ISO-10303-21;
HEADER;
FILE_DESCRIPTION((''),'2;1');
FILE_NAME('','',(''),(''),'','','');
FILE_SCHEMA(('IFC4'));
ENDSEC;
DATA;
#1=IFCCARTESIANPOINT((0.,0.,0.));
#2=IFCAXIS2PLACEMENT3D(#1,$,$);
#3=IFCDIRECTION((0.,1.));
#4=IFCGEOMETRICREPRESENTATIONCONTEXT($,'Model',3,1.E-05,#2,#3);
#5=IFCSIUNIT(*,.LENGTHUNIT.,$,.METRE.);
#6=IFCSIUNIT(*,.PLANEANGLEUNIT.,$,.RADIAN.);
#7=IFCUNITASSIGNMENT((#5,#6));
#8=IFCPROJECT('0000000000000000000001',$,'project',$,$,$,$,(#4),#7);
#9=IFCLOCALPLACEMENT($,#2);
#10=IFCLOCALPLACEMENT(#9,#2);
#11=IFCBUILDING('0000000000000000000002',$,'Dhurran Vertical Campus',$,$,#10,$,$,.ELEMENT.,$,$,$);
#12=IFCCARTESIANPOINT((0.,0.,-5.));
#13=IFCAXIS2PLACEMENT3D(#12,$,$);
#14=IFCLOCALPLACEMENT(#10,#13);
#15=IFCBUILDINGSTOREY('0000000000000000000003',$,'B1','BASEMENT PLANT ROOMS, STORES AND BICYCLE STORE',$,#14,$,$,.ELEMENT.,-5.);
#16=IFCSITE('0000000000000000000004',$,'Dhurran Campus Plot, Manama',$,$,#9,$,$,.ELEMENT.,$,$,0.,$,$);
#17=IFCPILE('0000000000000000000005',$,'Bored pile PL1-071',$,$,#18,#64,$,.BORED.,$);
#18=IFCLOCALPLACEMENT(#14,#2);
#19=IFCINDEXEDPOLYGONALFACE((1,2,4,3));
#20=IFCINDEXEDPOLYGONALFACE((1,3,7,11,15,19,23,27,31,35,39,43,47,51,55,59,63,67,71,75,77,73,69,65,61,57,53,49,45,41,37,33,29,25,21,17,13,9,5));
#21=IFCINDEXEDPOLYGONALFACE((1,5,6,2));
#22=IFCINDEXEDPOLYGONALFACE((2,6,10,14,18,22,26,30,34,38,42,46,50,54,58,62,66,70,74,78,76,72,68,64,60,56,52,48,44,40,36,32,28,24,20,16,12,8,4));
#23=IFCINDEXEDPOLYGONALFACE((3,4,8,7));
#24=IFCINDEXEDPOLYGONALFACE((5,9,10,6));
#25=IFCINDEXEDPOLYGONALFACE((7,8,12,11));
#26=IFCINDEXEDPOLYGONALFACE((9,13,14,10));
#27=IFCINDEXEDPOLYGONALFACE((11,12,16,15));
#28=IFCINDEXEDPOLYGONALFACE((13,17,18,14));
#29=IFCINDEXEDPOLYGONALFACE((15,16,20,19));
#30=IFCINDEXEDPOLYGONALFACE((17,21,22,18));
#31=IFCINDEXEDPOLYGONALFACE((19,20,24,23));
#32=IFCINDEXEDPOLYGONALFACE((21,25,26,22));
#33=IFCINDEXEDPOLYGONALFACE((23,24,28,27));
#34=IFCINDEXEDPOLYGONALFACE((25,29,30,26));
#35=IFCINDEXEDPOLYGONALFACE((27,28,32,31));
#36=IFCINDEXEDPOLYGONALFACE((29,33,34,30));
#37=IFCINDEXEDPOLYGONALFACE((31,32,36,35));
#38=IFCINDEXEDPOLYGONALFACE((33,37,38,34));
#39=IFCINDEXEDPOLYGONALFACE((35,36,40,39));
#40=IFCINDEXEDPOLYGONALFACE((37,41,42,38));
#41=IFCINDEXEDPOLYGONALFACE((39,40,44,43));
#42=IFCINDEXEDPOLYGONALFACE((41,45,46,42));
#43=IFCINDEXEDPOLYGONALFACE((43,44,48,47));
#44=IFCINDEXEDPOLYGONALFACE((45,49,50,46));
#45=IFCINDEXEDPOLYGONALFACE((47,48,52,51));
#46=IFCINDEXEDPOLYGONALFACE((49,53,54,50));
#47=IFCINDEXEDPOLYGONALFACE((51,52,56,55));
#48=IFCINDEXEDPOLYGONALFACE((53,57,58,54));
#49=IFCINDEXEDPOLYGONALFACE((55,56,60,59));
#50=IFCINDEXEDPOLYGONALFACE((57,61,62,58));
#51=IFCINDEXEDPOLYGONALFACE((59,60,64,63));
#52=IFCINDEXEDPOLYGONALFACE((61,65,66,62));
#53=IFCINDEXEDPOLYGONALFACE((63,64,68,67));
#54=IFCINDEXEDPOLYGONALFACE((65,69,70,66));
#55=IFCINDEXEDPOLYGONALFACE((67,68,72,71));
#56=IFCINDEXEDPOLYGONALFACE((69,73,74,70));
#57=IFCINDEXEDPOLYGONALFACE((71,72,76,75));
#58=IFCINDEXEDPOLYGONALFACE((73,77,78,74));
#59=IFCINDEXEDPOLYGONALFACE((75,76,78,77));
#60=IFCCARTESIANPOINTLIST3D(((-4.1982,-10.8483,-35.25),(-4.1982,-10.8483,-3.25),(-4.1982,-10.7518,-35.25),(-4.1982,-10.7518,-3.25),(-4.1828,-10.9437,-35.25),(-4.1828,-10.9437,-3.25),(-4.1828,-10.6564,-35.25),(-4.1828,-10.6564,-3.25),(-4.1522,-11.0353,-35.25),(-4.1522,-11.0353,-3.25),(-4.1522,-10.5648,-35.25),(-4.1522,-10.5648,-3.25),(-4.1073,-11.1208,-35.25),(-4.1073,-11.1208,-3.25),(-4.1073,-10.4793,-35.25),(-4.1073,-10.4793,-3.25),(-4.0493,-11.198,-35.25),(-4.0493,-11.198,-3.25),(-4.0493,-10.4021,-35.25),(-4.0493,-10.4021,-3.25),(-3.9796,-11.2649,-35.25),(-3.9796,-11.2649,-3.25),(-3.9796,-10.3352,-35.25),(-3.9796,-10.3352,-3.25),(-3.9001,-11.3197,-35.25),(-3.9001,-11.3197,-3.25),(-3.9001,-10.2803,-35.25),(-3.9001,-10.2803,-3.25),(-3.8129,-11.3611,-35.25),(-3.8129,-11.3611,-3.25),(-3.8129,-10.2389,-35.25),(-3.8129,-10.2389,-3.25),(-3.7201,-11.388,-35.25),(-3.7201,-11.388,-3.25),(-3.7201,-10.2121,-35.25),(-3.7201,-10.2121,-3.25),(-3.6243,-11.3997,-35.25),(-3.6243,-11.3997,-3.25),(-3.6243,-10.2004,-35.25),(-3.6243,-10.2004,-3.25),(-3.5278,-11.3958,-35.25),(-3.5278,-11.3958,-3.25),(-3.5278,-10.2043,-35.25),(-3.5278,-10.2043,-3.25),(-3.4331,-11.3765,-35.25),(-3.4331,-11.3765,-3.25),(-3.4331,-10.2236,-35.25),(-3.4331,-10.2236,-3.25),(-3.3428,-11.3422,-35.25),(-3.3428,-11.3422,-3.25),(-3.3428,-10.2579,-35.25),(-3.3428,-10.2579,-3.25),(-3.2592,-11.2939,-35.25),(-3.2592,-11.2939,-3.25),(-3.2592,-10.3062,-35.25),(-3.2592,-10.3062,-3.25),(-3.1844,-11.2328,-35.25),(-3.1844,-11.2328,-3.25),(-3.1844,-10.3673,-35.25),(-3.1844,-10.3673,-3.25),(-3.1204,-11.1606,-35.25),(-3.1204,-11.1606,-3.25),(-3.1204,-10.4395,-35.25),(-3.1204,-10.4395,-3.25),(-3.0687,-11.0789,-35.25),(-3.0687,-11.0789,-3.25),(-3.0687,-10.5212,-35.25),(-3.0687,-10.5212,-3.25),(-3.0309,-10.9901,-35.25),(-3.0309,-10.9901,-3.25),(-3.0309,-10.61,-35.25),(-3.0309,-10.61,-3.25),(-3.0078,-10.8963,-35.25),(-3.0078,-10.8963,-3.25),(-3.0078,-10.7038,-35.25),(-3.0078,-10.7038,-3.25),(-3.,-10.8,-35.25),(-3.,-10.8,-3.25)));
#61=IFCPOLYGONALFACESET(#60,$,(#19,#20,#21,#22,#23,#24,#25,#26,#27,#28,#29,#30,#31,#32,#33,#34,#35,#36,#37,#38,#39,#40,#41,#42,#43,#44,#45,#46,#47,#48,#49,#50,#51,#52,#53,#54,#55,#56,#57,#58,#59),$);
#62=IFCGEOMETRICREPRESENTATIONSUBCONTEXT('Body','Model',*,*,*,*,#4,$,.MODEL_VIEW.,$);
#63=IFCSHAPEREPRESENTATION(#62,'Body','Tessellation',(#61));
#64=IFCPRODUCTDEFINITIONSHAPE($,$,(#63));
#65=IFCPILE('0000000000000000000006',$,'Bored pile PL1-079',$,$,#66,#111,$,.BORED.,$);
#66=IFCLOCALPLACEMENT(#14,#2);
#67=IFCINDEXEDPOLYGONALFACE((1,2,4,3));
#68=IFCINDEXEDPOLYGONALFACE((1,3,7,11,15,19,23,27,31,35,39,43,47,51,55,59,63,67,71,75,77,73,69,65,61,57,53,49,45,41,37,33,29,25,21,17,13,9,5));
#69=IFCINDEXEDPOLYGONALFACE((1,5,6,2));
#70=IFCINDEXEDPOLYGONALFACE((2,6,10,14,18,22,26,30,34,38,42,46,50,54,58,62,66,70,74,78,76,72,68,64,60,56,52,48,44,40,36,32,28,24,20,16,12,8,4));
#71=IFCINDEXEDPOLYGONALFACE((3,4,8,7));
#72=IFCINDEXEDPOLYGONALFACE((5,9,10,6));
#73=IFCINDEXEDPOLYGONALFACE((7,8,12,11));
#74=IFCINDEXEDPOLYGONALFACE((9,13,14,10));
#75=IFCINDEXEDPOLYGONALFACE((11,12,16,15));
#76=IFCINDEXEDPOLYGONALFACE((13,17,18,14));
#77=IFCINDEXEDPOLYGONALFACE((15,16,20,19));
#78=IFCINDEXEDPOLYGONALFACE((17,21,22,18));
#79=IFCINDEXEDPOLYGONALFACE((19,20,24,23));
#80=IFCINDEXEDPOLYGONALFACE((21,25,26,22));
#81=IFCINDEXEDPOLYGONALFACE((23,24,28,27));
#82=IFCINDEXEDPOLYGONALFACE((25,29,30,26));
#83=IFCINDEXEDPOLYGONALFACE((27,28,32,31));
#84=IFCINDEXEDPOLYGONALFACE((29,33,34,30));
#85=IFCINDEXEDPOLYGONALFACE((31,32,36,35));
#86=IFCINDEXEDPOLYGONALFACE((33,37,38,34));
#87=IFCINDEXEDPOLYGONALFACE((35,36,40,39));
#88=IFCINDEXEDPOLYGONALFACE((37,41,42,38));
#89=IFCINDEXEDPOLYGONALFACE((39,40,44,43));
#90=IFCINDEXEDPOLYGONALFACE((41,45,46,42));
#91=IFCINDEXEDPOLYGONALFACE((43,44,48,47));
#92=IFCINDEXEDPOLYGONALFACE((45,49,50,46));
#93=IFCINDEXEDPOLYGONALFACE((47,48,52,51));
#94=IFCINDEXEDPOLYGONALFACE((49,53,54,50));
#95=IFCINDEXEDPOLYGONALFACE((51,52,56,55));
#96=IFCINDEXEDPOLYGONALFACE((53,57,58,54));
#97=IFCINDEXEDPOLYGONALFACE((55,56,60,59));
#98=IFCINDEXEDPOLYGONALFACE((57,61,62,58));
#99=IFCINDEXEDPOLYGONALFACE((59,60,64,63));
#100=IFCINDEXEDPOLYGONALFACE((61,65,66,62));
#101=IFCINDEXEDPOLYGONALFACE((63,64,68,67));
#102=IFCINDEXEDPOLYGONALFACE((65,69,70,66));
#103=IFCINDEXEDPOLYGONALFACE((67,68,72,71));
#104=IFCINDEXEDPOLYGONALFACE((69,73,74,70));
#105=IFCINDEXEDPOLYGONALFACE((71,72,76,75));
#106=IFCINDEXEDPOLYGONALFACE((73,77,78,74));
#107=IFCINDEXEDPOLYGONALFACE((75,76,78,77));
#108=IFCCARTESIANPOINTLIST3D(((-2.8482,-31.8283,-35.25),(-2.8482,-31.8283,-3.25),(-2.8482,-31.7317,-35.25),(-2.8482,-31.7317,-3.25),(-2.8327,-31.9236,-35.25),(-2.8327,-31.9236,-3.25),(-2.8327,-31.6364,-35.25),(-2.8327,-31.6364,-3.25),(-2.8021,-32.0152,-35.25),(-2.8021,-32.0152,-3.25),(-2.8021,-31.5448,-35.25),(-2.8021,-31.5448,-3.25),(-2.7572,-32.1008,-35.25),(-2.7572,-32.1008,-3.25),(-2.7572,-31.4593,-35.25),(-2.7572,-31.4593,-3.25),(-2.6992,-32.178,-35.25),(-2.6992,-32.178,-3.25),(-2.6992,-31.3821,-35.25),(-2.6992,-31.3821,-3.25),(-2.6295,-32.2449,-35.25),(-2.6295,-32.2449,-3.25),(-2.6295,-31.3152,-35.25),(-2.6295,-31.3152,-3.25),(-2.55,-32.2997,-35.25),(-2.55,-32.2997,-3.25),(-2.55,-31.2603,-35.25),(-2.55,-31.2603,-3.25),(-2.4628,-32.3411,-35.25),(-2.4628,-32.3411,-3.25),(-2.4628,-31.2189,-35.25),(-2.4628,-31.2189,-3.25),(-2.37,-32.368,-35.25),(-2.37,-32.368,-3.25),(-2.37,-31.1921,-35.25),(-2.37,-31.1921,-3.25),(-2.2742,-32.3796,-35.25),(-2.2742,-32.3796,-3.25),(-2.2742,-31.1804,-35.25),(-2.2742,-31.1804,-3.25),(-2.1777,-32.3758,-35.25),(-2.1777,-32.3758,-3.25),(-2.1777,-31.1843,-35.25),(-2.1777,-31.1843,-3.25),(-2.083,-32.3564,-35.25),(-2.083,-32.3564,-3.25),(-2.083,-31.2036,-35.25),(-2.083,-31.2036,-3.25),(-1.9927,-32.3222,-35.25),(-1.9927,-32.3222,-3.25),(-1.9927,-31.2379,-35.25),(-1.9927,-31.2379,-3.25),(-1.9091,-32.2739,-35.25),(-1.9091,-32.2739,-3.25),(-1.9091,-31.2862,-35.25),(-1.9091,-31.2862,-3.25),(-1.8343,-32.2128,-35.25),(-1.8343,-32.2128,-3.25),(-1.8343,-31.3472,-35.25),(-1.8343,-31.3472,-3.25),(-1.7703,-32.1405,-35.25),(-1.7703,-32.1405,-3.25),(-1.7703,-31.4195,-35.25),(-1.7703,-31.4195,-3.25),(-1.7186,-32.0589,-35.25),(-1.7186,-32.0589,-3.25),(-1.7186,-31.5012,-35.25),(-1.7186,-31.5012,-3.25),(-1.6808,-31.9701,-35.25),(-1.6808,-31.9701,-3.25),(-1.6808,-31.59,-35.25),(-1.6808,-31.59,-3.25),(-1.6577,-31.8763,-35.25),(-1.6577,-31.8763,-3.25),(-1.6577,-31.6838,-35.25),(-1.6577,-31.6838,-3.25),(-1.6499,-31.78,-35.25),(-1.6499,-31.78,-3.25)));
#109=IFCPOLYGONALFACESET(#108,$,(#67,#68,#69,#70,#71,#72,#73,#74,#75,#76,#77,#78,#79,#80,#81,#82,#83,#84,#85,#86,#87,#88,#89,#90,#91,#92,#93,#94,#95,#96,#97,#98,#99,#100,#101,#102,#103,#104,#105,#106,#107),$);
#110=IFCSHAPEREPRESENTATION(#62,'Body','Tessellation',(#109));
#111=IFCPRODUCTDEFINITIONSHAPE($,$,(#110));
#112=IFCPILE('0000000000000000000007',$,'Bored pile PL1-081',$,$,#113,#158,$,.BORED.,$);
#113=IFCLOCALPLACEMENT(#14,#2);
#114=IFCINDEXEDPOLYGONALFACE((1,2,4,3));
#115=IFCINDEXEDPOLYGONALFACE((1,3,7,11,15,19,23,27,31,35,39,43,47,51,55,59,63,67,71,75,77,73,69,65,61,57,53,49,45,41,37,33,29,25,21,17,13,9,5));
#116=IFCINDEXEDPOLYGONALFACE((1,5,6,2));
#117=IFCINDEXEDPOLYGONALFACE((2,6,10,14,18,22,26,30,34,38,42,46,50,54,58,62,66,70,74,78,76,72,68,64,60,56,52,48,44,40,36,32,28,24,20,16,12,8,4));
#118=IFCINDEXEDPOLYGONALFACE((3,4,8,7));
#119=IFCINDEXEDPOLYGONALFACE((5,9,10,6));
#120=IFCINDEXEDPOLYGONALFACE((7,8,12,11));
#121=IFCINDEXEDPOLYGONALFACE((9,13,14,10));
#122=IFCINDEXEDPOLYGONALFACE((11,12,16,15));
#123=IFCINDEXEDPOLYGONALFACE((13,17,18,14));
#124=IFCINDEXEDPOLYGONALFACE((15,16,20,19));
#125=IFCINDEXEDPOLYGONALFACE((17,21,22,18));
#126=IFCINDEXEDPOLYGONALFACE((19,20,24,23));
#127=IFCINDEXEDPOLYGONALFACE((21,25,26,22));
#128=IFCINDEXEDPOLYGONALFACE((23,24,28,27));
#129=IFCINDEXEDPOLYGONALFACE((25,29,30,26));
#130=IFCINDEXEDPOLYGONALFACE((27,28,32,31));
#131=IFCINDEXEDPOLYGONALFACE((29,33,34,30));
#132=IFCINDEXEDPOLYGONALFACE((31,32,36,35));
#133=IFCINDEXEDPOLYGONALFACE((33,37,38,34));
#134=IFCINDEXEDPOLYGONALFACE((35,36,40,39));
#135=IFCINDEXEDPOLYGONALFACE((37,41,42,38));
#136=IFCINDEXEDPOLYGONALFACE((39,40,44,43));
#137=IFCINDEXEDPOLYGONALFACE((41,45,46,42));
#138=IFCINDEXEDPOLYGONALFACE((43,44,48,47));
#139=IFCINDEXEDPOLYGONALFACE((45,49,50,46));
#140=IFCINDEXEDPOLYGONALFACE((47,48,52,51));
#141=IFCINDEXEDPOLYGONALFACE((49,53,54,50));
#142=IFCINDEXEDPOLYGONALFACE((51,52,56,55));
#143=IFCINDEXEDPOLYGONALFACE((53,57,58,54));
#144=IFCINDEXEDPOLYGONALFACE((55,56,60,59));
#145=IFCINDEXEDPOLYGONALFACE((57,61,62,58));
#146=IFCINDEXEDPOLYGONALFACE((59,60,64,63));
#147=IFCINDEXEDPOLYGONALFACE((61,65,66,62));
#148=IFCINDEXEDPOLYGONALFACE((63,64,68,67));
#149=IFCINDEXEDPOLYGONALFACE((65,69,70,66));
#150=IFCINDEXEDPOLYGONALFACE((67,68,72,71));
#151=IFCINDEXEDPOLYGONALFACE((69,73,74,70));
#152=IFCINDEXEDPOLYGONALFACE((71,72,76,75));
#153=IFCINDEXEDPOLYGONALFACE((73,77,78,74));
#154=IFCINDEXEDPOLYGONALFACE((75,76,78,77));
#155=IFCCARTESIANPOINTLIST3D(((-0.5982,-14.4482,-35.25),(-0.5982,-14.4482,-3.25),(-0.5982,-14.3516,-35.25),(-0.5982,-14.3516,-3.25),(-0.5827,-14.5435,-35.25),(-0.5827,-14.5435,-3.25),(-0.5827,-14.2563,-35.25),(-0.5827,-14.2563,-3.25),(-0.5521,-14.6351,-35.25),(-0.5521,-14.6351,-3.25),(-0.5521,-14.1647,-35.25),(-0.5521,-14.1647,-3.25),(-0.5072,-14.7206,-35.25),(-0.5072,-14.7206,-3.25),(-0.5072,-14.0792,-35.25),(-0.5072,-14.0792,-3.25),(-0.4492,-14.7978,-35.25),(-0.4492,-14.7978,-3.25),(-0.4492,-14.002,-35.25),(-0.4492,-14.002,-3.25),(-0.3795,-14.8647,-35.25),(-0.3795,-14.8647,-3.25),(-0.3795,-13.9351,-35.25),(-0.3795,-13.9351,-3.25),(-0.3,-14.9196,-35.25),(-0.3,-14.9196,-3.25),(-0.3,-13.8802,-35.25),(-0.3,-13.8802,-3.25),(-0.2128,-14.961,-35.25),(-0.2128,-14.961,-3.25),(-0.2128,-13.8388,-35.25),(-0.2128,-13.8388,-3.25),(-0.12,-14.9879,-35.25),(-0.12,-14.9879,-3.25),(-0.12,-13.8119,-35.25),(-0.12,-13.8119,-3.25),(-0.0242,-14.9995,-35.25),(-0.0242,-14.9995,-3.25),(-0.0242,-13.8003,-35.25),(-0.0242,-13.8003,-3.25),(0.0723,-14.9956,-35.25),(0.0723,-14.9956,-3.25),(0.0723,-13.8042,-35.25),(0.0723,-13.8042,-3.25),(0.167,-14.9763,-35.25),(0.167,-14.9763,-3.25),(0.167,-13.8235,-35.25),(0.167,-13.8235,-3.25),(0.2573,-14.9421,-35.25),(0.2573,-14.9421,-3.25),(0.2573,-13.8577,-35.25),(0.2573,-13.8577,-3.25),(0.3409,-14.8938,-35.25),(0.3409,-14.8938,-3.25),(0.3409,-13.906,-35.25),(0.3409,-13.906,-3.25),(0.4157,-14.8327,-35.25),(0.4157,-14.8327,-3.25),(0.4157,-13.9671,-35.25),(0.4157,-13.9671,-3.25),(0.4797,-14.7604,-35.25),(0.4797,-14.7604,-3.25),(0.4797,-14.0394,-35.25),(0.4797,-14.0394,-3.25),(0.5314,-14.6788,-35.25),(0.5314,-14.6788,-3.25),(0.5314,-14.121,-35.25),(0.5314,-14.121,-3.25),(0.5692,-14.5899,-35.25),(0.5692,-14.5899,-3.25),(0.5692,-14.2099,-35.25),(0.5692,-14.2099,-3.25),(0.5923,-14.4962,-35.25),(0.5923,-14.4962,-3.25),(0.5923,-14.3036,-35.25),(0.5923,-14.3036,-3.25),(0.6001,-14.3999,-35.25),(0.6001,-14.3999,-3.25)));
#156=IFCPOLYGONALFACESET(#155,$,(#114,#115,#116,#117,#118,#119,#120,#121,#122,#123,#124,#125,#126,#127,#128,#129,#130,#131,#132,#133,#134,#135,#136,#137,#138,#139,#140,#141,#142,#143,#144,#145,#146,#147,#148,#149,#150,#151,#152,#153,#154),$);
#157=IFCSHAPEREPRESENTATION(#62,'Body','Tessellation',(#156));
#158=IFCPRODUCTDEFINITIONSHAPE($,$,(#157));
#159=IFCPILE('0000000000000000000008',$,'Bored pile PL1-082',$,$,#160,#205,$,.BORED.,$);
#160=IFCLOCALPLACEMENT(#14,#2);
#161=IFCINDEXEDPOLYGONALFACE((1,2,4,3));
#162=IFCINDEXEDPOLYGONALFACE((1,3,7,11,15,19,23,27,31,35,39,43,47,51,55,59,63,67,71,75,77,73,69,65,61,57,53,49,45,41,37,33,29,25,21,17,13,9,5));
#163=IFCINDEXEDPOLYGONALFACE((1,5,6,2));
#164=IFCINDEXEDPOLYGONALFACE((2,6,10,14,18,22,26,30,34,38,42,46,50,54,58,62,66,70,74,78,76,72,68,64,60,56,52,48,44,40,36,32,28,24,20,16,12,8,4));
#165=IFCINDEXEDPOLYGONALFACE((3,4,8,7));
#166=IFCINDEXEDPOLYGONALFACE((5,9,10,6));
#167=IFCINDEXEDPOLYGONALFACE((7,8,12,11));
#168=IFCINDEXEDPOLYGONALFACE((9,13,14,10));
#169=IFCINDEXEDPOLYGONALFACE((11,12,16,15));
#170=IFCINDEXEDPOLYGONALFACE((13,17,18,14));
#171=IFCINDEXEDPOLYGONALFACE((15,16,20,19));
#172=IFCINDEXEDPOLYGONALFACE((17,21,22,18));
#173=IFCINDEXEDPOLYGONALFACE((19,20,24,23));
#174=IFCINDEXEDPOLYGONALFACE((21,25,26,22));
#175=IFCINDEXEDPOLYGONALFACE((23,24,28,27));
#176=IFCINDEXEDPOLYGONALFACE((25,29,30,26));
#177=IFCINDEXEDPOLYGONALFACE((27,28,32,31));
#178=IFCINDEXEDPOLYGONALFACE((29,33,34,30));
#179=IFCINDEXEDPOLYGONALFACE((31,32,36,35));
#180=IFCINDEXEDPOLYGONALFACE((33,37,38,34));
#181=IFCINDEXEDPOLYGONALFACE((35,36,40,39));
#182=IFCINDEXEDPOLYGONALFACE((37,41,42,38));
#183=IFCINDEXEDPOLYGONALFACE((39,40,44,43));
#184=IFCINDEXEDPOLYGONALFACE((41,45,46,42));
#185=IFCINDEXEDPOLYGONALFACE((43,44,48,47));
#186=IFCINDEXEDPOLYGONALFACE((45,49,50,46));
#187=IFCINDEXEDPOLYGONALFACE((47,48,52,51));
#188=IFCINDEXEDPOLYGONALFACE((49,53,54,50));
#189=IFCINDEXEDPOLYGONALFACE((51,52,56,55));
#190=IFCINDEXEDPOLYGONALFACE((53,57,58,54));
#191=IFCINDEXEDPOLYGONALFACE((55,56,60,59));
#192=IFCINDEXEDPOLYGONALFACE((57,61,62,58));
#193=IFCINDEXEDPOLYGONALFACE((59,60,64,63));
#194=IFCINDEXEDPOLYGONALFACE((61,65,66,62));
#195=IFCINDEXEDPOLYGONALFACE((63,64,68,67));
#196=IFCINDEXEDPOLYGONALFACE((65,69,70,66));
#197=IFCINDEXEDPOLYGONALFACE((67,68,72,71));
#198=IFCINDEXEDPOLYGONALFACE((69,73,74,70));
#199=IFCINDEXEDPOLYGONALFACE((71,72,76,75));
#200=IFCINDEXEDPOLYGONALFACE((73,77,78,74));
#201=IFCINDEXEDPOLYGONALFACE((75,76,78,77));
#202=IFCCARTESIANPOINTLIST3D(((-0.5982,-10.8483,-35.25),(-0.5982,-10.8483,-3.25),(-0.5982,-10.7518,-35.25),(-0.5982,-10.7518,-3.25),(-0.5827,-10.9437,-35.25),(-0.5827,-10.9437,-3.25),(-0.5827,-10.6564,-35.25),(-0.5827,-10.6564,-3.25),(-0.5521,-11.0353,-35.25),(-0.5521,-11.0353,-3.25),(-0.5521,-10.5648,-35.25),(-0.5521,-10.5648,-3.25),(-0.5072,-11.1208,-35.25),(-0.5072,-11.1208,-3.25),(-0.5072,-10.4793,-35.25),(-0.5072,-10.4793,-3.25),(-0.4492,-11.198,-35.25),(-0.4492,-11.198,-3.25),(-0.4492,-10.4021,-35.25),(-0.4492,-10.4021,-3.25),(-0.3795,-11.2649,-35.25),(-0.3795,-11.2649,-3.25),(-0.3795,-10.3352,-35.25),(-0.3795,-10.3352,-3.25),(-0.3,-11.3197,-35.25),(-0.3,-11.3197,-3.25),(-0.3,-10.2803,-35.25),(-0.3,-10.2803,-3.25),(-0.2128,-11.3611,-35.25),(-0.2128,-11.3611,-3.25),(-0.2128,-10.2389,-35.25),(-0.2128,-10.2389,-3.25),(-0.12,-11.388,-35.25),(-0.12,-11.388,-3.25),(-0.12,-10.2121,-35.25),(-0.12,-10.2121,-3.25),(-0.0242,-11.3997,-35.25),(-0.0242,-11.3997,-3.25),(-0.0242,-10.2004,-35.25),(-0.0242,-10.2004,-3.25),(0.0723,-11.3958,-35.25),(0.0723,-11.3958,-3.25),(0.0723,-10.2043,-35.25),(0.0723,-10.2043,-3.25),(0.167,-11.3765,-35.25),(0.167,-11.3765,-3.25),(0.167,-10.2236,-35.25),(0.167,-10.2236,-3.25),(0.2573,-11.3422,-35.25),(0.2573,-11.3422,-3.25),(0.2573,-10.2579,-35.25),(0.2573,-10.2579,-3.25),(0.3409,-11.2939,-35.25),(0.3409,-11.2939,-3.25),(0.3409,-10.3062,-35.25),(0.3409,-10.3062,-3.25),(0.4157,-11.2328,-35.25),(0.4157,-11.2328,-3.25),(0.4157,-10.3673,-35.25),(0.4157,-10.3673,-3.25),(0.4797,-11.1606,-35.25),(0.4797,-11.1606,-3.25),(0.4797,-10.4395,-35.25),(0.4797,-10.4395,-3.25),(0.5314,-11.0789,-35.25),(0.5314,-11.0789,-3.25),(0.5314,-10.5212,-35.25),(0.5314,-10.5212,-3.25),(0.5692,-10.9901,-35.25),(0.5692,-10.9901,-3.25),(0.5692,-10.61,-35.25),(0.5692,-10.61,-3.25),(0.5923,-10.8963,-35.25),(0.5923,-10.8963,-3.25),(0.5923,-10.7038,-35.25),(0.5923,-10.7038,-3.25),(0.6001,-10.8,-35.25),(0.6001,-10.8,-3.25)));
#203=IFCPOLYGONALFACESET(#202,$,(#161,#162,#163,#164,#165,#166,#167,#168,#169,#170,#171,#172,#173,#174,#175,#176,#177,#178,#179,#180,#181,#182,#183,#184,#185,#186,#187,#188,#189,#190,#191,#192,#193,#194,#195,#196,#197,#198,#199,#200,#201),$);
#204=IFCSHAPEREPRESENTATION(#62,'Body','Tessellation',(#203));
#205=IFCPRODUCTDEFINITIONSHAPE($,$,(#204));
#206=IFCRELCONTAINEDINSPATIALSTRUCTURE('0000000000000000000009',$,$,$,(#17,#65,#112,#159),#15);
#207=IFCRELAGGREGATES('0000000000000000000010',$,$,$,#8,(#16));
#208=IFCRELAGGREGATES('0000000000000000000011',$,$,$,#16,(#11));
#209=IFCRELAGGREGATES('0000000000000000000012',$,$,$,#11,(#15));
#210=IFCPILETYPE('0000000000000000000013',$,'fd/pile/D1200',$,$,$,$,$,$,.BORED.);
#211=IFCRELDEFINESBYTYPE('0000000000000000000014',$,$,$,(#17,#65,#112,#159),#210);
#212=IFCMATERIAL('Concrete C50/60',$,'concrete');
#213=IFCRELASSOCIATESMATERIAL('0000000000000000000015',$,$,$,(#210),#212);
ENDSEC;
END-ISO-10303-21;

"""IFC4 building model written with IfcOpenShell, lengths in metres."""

from ifc_helpers import new_model, si_unit, direction, frame, origin, origin_2d, place, context, subcontext, project, spatial, circle, extrude, material, material_profile, profile_set, type_object, element, save


model = new_model("IFC4")

# Units and contexts
model_context = context("Model", 3, precision=1e-05, world=origin(), true_north=direction((0.0, 1.0)))
body_context = subcontext(model_context, "Body", "Model", "MODEL_VIEW")
ifc_project = project(units=[si_unit("LENGTHUNIT", "METRE"), si_unit("PLANEANGLEUNIT", "RADIAN")], contexts=[model_context])

# Site, building, storey
site_placement = place(None, origin())
site = spatial("IfcSite", under=ifc_project, at=site_placement, Name="Dhurran Campus Plot, Manama", CompositionType="ELEMENT", RefElevation=0.0)
building_placement = place(site_placement, origin())
building = spatial("IfcBuilding", under=site, at=building_placement, Name="Dhurran Vertical Campus", CompositionType="ELEMENT")
storey_placement = place(building_placement, frame((0.0, 0.0, -5.0)))
storey = spatial("IfcBuildingStorey", under=building, at=storey_placement, Name="B1", Description="BASEMENT PLANT ROOMS, STORES AND BICYCLE STORE", CompositionType="ELEMENT", Elevation=-5.0)

# Piles
ifc_material_1 = material(Name="Concrete C50/60", Category="concrete")
ifc_material_profile_1 = material_profile(ifc_material_1, circle(Radius=0.6001, at=origin_2d()), Name="fd/pile/D1200")
ifc_profile_set_1 = profile_set([ifc_material_profile_1], Name="Concrete C50/60")
pile_type = type_object("IfcPileType", Name="fd/pile/D1200", PredefinedType="BORED", material=ifc_profile_set_1)
for number, where, z_axis, x_axis, name in (
    (1, (-3.6001, -10.8, -3.25), (0.0, 0.0, -1.0), (1.0, 0.0, 0.0), "Bored pile PL1-071"),
    (2, (-2.25, -31.78, -3.25), (0.0, 0.0, -1.0), (1.0, 0.0, 0.0), "Bored pile PL1-079"),
    (3, (0.0, -14.3999, -3.25), (0.0, 0.0, -1.0), (1.0, 0.0, 0.0), "Bored pile PL1-081"),
    (4, (0.0, -10.8, -3.25), (0.0, 0.0, -1.0), (1.0, 0.0, 0.0), "Bored pile PL1-082"),
):
    element("IfcPile", number, at=place(storey_placement, frame(where, z_axis=z_axis, x_axis=x_axis)), inside=storey, type_object=pile_type, Name=name, PredefinedType="BORED", context=body_context, shape_type="SweptSolid", body=[
        extrude(circle(Radius=0.6001, at=origin_2d()), origin(), (0.0, 0.0, 1.0), 32.0),
    ])

save(model, "model.ifc")
